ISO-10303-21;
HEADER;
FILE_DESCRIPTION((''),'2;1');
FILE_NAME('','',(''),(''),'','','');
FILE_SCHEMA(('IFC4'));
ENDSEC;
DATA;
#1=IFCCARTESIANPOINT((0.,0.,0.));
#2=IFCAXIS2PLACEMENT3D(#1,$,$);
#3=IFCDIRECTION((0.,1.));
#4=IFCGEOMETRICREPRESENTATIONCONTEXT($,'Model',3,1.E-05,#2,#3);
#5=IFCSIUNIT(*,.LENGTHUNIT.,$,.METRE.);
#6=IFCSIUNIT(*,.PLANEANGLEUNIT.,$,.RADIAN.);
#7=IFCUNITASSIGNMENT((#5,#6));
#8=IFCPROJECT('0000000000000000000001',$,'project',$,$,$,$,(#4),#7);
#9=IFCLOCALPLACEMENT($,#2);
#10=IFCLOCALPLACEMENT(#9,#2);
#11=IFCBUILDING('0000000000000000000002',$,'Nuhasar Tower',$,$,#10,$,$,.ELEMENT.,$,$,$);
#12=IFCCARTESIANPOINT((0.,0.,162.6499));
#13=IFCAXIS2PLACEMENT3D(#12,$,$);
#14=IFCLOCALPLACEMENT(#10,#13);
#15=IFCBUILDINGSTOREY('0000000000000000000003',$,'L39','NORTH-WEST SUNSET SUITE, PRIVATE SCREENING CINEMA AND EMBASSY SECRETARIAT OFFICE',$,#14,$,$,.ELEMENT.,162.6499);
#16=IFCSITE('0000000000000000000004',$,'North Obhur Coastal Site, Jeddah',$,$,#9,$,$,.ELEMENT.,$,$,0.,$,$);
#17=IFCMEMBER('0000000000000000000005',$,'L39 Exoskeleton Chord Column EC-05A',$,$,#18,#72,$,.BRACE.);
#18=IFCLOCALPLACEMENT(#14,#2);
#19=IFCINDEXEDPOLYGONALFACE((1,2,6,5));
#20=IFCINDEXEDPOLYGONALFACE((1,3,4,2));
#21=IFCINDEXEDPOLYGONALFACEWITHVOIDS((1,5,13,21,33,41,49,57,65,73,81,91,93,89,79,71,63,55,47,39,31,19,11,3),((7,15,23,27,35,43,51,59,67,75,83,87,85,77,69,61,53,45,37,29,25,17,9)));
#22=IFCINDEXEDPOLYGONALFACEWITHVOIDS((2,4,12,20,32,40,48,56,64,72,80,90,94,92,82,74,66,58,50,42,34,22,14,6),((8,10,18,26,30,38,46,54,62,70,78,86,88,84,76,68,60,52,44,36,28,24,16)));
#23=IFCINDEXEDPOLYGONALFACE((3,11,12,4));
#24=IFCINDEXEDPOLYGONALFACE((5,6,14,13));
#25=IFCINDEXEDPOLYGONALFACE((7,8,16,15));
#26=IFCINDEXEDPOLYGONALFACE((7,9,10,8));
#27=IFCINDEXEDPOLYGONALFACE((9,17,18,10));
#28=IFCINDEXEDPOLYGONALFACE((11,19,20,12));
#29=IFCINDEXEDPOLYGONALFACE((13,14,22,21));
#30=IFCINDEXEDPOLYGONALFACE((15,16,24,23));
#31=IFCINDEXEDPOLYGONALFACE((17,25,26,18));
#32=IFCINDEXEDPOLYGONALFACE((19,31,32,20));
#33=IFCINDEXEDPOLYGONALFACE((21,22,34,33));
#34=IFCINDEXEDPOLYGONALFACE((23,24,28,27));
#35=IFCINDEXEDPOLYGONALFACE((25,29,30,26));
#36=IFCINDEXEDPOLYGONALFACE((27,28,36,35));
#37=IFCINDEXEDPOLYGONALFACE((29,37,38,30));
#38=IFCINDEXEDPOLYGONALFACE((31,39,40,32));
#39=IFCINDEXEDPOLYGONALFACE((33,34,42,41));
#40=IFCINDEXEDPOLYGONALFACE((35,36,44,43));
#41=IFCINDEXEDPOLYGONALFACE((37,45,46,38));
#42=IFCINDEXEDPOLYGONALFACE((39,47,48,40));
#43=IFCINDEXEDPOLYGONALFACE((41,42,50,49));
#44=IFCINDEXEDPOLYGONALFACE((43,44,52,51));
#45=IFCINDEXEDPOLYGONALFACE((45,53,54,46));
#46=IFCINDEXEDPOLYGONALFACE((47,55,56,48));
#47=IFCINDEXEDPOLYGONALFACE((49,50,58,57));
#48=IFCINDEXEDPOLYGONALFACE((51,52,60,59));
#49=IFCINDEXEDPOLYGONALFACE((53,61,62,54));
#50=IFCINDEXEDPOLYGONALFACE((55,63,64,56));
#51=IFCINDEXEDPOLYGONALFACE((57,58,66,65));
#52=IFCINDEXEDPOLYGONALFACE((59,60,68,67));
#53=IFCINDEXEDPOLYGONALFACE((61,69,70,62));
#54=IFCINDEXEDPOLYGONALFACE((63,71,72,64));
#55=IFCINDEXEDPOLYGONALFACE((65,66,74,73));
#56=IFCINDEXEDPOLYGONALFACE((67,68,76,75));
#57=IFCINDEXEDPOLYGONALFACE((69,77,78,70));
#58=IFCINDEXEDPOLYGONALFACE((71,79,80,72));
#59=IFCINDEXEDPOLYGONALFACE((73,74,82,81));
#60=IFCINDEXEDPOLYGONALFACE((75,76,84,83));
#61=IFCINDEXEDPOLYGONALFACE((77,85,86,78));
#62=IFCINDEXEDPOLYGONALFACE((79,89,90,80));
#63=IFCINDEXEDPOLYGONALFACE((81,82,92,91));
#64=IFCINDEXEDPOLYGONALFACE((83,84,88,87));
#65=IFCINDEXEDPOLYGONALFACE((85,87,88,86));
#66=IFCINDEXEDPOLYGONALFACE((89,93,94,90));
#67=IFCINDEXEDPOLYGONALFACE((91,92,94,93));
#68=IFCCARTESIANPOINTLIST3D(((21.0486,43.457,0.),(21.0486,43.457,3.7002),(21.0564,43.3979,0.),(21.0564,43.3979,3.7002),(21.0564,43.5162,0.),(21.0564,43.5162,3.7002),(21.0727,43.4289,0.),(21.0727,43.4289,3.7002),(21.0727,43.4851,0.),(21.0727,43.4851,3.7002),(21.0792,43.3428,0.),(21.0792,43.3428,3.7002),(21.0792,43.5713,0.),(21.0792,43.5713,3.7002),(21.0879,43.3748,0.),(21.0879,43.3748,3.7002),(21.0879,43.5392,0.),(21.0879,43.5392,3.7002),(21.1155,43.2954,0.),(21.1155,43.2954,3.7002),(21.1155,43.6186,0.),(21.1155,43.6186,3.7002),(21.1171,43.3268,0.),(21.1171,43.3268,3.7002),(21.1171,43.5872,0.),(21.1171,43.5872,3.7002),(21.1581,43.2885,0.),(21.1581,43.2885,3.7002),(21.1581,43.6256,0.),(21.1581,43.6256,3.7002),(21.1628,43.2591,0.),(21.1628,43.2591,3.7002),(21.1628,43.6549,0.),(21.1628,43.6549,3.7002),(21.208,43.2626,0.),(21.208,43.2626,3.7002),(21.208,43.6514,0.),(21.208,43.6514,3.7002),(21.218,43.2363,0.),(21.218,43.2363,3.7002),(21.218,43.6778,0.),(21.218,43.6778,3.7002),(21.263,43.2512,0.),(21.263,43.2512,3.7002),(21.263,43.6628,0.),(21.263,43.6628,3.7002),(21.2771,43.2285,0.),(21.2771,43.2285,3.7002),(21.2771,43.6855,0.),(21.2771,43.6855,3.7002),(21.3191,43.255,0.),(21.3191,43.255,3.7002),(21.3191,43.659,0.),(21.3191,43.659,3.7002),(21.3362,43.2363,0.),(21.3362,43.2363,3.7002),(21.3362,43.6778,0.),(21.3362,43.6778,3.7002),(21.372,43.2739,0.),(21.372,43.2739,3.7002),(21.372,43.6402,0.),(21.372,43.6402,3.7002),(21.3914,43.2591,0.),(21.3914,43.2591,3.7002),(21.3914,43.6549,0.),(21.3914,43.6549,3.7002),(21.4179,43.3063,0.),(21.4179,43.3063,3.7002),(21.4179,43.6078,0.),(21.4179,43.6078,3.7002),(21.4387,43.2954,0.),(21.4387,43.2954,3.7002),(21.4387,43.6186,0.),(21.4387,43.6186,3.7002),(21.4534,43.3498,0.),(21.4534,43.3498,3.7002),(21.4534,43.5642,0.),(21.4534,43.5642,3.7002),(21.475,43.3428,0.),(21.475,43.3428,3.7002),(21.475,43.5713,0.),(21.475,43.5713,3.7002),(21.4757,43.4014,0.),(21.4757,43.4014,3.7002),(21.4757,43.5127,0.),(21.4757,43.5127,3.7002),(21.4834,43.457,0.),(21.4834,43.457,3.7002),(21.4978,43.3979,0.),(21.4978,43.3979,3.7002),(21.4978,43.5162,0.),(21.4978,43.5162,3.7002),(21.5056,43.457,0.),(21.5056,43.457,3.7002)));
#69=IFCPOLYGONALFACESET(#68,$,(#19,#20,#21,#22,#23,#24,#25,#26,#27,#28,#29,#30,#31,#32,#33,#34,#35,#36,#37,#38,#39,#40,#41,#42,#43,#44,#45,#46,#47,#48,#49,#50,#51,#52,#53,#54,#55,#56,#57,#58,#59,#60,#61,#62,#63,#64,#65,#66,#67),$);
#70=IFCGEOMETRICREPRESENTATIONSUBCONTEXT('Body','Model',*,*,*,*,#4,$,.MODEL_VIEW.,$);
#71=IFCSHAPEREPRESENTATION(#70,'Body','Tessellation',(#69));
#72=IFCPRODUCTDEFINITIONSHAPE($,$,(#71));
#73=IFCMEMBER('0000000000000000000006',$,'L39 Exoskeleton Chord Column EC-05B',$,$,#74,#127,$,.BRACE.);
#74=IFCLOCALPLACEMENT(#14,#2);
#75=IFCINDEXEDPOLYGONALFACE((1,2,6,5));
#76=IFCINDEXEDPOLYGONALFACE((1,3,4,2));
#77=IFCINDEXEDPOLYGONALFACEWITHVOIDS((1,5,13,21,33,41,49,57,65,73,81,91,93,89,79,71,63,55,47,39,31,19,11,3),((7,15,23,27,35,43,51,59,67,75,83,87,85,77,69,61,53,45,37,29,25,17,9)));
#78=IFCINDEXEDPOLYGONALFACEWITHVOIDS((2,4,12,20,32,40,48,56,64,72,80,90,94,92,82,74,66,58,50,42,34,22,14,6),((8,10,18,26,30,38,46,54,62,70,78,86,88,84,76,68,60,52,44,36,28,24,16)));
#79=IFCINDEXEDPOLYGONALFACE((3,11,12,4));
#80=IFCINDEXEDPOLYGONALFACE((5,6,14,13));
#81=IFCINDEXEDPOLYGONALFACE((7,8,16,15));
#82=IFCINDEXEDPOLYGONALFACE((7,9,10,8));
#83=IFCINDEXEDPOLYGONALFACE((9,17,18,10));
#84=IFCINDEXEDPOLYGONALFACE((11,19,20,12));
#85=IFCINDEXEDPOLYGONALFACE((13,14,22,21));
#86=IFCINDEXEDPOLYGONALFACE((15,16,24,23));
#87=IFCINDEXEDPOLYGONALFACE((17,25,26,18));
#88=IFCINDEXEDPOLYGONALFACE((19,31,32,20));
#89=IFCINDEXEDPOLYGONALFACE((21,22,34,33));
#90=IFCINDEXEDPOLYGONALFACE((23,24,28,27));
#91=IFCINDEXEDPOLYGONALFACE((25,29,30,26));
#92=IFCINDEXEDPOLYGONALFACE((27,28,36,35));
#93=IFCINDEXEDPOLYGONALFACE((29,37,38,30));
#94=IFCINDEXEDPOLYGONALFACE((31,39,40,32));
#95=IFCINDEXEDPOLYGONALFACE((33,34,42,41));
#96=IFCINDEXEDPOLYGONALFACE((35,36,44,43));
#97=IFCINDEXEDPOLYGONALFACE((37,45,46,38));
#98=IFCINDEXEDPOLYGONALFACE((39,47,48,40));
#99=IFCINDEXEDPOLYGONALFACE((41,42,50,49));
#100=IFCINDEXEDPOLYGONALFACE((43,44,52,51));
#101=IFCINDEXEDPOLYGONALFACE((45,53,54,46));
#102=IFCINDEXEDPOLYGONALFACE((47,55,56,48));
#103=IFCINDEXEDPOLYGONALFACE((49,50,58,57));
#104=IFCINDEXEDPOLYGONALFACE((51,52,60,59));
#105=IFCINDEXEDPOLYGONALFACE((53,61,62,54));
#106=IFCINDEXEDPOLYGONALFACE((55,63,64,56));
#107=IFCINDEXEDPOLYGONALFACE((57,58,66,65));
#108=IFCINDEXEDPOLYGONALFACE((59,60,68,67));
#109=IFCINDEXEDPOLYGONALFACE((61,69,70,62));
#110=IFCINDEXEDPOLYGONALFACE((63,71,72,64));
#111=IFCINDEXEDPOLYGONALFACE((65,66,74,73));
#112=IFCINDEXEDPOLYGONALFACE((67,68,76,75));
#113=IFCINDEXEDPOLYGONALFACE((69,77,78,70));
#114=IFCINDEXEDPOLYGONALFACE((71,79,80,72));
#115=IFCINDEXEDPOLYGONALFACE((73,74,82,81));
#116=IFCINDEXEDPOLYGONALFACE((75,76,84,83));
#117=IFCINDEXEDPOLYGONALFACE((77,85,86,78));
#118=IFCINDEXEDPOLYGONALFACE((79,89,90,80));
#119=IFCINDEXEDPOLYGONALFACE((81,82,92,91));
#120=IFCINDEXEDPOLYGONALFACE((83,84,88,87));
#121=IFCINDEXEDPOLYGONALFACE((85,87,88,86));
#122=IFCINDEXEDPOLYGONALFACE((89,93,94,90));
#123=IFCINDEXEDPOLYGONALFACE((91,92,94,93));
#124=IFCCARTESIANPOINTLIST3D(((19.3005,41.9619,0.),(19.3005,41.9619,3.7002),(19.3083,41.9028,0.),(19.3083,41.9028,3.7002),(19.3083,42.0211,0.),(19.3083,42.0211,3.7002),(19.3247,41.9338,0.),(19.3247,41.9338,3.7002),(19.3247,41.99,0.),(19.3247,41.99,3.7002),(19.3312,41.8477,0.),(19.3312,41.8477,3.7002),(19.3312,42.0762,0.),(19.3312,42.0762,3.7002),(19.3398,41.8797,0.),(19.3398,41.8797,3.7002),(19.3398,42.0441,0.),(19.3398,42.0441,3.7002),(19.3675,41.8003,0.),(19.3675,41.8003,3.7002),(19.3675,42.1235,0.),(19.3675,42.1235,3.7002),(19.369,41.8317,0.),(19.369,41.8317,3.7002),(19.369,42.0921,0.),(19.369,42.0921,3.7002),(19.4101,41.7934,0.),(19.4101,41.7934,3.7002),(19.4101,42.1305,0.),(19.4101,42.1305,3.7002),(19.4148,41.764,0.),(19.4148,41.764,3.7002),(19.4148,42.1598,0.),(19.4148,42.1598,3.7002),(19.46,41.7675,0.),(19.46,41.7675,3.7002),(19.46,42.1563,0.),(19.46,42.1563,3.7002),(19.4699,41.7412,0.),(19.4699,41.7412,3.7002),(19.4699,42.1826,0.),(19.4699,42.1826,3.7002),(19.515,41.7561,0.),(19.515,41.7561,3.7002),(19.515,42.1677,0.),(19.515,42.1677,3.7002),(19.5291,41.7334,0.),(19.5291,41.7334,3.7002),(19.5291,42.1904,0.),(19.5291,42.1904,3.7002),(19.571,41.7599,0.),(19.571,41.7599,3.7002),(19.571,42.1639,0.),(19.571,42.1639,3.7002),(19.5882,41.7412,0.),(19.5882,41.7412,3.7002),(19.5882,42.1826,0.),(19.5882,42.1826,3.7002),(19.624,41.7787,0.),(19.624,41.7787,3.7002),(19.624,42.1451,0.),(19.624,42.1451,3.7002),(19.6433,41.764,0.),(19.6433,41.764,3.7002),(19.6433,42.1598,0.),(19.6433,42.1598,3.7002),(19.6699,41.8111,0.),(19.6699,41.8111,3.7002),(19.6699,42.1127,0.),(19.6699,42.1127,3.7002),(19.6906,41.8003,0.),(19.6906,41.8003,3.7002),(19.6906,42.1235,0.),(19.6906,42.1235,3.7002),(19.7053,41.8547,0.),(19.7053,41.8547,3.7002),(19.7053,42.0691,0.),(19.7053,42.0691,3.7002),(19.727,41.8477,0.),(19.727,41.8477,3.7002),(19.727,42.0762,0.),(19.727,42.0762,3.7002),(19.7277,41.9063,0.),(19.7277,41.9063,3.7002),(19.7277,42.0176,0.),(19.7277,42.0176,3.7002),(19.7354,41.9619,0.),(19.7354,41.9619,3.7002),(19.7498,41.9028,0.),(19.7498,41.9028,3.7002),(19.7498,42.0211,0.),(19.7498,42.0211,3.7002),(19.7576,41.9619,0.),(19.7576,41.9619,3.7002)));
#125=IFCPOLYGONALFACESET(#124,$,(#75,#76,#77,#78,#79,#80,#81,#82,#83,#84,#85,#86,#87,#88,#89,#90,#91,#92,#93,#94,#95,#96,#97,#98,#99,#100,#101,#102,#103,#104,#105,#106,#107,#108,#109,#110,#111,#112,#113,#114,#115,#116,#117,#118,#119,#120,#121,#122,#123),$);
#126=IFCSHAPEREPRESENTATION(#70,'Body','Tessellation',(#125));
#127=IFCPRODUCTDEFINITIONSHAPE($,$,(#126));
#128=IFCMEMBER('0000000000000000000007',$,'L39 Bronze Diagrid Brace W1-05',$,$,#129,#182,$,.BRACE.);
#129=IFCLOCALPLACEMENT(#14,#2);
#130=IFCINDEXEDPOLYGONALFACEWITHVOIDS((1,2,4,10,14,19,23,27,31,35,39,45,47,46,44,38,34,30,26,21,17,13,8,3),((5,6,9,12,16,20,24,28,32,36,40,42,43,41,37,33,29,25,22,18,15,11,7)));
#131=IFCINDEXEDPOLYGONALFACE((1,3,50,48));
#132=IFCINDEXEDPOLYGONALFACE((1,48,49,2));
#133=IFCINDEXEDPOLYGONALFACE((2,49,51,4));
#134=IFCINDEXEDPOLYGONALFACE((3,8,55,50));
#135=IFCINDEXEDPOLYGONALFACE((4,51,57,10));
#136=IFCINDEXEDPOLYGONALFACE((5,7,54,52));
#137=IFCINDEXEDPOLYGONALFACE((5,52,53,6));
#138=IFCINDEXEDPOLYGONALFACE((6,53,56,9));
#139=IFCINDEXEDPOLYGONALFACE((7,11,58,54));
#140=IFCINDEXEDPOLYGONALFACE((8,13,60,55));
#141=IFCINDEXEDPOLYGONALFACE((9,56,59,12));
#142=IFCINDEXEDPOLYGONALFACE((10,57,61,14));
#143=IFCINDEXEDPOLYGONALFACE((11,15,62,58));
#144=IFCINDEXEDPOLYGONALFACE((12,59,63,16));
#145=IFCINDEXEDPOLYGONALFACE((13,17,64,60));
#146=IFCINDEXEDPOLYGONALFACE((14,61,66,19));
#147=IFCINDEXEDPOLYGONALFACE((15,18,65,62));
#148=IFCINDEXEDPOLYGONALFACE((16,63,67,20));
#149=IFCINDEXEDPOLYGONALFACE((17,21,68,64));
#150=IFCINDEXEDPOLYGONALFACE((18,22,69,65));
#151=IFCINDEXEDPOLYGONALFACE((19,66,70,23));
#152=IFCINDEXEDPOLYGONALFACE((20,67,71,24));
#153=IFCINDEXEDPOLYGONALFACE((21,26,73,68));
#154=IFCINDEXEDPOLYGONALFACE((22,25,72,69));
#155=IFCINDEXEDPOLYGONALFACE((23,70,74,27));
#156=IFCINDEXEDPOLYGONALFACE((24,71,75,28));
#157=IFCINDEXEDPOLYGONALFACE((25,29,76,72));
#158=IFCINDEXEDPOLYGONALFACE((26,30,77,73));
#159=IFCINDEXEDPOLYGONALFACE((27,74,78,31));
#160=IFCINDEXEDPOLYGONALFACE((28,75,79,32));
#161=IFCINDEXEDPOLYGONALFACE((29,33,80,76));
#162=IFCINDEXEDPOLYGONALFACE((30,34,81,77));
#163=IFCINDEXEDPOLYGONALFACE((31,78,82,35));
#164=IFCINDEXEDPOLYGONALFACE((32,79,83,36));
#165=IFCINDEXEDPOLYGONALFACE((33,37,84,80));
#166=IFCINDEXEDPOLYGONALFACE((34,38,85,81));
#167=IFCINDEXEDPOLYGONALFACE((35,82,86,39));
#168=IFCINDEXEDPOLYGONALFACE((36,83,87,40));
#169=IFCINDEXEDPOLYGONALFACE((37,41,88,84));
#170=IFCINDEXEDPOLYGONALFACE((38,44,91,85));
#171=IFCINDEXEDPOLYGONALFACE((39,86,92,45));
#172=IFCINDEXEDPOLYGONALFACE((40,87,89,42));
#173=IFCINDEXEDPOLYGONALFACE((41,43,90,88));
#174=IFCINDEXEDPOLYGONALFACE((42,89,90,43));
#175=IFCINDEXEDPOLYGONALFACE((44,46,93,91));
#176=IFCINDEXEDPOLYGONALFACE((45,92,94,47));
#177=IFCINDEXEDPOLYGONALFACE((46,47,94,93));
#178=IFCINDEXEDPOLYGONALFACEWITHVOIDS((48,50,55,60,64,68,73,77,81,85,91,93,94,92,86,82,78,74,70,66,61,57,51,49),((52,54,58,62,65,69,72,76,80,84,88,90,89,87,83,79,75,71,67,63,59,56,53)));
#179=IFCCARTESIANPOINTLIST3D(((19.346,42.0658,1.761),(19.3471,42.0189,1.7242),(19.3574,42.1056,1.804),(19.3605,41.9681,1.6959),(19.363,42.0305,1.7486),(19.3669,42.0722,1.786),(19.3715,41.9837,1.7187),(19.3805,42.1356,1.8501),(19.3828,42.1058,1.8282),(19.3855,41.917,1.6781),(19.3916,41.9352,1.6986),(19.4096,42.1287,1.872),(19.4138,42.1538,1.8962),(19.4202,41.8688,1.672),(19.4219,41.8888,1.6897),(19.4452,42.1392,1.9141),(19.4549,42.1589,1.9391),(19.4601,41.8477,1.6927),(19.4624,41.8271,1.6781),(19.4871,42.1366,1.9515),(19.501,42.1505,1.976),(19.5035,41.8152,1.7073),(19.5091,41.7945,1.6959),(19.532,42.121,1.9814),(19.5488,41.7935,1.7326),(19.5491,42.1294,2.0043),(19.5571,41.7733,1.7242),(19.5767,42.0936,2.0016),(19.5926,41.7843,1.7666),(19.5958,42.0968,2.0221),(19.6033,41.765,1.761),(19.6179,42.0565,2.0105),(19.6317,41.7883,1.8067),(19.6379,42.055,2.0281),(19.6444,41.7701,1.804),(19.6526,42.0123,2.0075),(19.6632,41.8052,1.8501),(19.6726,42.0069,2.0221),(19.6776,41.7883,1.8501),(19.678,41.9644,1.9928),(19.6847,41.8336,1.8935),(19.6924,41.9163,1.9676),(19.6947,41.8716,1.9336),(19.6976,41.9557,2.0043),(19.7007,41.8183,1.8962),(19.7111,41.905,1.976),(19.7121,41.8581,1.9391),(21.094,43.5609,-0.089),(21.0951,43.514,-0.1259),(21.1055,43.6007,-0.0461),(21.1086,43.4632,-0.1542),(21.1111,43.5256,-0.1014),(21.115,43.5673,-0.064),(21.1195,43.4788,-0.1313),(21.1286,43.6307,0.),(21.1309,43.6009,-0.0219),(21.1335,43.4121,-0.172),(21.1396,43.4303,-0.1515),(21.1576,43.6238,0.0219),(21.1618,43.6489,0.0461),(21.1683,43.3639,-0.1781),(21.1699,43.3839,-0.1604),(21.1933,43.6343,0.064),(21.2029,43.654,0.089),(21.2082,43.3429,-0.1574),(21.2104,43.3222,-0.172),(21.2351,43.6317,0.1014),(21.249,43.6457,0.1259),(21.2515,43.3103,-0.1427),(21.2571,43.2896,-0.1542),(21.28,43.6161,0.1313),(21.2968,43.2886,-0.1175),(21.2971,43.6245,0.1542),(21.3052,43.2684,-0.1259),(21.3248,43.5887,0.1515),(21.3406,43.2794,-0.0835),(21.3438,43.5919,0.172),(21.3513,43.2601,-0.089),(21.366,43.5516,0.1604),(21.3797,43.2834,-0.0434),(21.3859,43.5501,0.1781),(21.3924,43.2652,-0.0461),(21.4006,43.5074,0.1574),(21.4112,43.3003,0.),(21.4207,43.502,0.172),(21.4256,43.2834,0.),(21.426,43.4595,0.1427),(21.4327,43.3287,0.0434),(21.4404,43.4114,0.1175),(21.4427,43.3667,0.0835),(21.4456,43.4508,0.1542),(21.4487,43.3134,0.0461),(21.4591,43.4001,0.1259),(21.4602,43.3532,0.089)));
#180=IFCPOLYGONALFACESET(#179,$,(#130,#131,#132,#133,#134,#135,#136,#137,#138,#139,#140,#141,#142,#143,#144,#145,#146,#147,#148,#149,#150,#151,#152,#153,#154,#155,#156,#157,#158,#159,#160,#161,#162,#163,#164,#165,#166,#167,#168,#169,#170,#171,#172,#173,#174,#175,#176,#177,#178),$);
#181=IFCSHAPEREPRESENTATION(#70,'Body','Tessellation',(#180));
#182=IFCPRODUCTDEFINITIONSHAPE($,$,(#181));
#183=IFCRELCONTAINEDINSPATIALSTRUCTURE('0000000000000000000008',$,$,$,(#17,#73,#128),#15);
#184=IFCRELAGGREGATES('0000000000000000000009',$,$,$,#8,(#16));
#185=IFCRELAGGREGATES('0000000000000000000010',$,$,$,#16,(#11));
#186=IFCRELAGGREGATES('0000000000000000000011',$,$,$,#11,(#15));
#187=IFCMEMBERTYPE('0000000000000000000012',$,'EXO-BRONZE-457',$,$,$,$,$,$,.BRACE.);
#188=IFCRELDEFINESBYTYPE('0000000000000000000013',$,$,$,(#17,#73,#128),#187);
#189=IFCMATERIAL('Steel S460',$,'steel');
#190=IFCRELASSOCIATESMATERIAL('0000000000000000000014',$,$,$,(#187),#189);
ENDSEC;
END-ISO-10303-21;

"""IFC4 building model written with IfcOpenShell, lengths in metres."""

from ifc_helpers import new_model, si_unit, direction, frame, origin, origin_2d, place, context, subcontext, project, spatial, hollow_circle, extrude, material, material_profile, profile_set, type_object, element, save


model = new_model("IFC4")

# Units and contexts
model_context = context("Model", 3, precision=1e-05, world=origin(), true_north=direction((0.0, 1.0)))
body_context = subcontext(model_context, "Body", "Model", "MODEL_VIEW")
ifc_project = project(units=[si_unit("LENGTHUNIT", "METRE"), si_unit("PLANEANGLEUNIT", "RADIAN")], contexts=[model_context])

# Site, building, storey
site_placement = place(None, origin())
site = spatial("IfcSite", under=ifc_project, at=site_placement, Name="North Obhur Coastal Site, Jeddah", CompositionType="ELEMENT", RefElevation=0.0)
building_placement = place(site_placement, origin())
building = spatial("IfcBuilding", under=site, at=building_placement, Name="Nuhasar Tower", CompositionType="ELEMENT")
storey_placement = place(building_placement, frame((0.0, 0.0, 162.6499)))
storey = spatial("IfcBuildingStorey", under=building, at=storey_placement, Name="L39", Description="NORTH-WEST SUNSET SUITE, PRIVATE SCREENING CINEMA AND EMBASSY SECRETARIAT OFFICE", CompositionType="ELEMENT", Elevation=162.6499)

# Members
ifc_material_1 = material(Name="Steel S460", Category="steel")
ifc_material_profile_1 = material_profile(ifc_material_1, hollow_circle(Radius=0.2285, WallThickness=0.0222, at=origin_2d()), Name="HSS457X22.2")
ifc_profile_set_1 = profile_set([ifc_material_profile_1], Name="Steel S460")
member_type_1 = type_object("IfcMemberType", Name="EXO-BRONZE-457", PredefinedType="BRACE", material=ifc_profile_set_1)
for number, where, z_axis, x_axis, name in (
    (1, (21.2771, 43.457, 0.0), (0.0, 0.0, 1.0), (1.0, 0.0, 0.0), "L39 Exoskeleton Chord Column EC-05A"),
    (2, (19.5291, 41.9619, 0.0), (0.0, 0.0, 1.0), (1.0, 0.0, 0.0), "L39 Exoskeleton Chord Column EC-05B"),
):
    element("IfcMember", number, at=place(storey_placement, frame(where, z_axis=z_axis, x_axis=x_axis)), inside=storey, type_object=member_type_1, Name=name, PredefinedType="BRACE", context=body_context, shape_type="SweptSolid", body=[
        extrude(hollow_circle(Radius=0.2285, WallThickness=0.0222, at=origin_2d()), origin(), (0.0, 0.0, 1.0), 3.7002),
    ])
for number, where, z_axis, x_axis, name in (
    (3, (21.2771, 43.457, 0.0), (-0.59217, -0.506488, 0.626741), (0.649987, -0.759945, 0.0), "L39 Bronze Diagrid Brace W1-05"),
):
    element("IfcMember", number, at=place(storey_placement, frame(where, z_axis=z_axis, x_axis=x_axis)), inside=storey, type_object=member_type_1, Name=name, PredefinedType="BRACE", context=body_context, shape_type="SweptSolid", body=[
        extrude(hollow_circle(Radius=0.2285, WallThickness=0.0222, at=origin_2d()), origin(), (0.0, 0.0, 1.0), 2.9519),
    ])

save(model, "model.ifc")
